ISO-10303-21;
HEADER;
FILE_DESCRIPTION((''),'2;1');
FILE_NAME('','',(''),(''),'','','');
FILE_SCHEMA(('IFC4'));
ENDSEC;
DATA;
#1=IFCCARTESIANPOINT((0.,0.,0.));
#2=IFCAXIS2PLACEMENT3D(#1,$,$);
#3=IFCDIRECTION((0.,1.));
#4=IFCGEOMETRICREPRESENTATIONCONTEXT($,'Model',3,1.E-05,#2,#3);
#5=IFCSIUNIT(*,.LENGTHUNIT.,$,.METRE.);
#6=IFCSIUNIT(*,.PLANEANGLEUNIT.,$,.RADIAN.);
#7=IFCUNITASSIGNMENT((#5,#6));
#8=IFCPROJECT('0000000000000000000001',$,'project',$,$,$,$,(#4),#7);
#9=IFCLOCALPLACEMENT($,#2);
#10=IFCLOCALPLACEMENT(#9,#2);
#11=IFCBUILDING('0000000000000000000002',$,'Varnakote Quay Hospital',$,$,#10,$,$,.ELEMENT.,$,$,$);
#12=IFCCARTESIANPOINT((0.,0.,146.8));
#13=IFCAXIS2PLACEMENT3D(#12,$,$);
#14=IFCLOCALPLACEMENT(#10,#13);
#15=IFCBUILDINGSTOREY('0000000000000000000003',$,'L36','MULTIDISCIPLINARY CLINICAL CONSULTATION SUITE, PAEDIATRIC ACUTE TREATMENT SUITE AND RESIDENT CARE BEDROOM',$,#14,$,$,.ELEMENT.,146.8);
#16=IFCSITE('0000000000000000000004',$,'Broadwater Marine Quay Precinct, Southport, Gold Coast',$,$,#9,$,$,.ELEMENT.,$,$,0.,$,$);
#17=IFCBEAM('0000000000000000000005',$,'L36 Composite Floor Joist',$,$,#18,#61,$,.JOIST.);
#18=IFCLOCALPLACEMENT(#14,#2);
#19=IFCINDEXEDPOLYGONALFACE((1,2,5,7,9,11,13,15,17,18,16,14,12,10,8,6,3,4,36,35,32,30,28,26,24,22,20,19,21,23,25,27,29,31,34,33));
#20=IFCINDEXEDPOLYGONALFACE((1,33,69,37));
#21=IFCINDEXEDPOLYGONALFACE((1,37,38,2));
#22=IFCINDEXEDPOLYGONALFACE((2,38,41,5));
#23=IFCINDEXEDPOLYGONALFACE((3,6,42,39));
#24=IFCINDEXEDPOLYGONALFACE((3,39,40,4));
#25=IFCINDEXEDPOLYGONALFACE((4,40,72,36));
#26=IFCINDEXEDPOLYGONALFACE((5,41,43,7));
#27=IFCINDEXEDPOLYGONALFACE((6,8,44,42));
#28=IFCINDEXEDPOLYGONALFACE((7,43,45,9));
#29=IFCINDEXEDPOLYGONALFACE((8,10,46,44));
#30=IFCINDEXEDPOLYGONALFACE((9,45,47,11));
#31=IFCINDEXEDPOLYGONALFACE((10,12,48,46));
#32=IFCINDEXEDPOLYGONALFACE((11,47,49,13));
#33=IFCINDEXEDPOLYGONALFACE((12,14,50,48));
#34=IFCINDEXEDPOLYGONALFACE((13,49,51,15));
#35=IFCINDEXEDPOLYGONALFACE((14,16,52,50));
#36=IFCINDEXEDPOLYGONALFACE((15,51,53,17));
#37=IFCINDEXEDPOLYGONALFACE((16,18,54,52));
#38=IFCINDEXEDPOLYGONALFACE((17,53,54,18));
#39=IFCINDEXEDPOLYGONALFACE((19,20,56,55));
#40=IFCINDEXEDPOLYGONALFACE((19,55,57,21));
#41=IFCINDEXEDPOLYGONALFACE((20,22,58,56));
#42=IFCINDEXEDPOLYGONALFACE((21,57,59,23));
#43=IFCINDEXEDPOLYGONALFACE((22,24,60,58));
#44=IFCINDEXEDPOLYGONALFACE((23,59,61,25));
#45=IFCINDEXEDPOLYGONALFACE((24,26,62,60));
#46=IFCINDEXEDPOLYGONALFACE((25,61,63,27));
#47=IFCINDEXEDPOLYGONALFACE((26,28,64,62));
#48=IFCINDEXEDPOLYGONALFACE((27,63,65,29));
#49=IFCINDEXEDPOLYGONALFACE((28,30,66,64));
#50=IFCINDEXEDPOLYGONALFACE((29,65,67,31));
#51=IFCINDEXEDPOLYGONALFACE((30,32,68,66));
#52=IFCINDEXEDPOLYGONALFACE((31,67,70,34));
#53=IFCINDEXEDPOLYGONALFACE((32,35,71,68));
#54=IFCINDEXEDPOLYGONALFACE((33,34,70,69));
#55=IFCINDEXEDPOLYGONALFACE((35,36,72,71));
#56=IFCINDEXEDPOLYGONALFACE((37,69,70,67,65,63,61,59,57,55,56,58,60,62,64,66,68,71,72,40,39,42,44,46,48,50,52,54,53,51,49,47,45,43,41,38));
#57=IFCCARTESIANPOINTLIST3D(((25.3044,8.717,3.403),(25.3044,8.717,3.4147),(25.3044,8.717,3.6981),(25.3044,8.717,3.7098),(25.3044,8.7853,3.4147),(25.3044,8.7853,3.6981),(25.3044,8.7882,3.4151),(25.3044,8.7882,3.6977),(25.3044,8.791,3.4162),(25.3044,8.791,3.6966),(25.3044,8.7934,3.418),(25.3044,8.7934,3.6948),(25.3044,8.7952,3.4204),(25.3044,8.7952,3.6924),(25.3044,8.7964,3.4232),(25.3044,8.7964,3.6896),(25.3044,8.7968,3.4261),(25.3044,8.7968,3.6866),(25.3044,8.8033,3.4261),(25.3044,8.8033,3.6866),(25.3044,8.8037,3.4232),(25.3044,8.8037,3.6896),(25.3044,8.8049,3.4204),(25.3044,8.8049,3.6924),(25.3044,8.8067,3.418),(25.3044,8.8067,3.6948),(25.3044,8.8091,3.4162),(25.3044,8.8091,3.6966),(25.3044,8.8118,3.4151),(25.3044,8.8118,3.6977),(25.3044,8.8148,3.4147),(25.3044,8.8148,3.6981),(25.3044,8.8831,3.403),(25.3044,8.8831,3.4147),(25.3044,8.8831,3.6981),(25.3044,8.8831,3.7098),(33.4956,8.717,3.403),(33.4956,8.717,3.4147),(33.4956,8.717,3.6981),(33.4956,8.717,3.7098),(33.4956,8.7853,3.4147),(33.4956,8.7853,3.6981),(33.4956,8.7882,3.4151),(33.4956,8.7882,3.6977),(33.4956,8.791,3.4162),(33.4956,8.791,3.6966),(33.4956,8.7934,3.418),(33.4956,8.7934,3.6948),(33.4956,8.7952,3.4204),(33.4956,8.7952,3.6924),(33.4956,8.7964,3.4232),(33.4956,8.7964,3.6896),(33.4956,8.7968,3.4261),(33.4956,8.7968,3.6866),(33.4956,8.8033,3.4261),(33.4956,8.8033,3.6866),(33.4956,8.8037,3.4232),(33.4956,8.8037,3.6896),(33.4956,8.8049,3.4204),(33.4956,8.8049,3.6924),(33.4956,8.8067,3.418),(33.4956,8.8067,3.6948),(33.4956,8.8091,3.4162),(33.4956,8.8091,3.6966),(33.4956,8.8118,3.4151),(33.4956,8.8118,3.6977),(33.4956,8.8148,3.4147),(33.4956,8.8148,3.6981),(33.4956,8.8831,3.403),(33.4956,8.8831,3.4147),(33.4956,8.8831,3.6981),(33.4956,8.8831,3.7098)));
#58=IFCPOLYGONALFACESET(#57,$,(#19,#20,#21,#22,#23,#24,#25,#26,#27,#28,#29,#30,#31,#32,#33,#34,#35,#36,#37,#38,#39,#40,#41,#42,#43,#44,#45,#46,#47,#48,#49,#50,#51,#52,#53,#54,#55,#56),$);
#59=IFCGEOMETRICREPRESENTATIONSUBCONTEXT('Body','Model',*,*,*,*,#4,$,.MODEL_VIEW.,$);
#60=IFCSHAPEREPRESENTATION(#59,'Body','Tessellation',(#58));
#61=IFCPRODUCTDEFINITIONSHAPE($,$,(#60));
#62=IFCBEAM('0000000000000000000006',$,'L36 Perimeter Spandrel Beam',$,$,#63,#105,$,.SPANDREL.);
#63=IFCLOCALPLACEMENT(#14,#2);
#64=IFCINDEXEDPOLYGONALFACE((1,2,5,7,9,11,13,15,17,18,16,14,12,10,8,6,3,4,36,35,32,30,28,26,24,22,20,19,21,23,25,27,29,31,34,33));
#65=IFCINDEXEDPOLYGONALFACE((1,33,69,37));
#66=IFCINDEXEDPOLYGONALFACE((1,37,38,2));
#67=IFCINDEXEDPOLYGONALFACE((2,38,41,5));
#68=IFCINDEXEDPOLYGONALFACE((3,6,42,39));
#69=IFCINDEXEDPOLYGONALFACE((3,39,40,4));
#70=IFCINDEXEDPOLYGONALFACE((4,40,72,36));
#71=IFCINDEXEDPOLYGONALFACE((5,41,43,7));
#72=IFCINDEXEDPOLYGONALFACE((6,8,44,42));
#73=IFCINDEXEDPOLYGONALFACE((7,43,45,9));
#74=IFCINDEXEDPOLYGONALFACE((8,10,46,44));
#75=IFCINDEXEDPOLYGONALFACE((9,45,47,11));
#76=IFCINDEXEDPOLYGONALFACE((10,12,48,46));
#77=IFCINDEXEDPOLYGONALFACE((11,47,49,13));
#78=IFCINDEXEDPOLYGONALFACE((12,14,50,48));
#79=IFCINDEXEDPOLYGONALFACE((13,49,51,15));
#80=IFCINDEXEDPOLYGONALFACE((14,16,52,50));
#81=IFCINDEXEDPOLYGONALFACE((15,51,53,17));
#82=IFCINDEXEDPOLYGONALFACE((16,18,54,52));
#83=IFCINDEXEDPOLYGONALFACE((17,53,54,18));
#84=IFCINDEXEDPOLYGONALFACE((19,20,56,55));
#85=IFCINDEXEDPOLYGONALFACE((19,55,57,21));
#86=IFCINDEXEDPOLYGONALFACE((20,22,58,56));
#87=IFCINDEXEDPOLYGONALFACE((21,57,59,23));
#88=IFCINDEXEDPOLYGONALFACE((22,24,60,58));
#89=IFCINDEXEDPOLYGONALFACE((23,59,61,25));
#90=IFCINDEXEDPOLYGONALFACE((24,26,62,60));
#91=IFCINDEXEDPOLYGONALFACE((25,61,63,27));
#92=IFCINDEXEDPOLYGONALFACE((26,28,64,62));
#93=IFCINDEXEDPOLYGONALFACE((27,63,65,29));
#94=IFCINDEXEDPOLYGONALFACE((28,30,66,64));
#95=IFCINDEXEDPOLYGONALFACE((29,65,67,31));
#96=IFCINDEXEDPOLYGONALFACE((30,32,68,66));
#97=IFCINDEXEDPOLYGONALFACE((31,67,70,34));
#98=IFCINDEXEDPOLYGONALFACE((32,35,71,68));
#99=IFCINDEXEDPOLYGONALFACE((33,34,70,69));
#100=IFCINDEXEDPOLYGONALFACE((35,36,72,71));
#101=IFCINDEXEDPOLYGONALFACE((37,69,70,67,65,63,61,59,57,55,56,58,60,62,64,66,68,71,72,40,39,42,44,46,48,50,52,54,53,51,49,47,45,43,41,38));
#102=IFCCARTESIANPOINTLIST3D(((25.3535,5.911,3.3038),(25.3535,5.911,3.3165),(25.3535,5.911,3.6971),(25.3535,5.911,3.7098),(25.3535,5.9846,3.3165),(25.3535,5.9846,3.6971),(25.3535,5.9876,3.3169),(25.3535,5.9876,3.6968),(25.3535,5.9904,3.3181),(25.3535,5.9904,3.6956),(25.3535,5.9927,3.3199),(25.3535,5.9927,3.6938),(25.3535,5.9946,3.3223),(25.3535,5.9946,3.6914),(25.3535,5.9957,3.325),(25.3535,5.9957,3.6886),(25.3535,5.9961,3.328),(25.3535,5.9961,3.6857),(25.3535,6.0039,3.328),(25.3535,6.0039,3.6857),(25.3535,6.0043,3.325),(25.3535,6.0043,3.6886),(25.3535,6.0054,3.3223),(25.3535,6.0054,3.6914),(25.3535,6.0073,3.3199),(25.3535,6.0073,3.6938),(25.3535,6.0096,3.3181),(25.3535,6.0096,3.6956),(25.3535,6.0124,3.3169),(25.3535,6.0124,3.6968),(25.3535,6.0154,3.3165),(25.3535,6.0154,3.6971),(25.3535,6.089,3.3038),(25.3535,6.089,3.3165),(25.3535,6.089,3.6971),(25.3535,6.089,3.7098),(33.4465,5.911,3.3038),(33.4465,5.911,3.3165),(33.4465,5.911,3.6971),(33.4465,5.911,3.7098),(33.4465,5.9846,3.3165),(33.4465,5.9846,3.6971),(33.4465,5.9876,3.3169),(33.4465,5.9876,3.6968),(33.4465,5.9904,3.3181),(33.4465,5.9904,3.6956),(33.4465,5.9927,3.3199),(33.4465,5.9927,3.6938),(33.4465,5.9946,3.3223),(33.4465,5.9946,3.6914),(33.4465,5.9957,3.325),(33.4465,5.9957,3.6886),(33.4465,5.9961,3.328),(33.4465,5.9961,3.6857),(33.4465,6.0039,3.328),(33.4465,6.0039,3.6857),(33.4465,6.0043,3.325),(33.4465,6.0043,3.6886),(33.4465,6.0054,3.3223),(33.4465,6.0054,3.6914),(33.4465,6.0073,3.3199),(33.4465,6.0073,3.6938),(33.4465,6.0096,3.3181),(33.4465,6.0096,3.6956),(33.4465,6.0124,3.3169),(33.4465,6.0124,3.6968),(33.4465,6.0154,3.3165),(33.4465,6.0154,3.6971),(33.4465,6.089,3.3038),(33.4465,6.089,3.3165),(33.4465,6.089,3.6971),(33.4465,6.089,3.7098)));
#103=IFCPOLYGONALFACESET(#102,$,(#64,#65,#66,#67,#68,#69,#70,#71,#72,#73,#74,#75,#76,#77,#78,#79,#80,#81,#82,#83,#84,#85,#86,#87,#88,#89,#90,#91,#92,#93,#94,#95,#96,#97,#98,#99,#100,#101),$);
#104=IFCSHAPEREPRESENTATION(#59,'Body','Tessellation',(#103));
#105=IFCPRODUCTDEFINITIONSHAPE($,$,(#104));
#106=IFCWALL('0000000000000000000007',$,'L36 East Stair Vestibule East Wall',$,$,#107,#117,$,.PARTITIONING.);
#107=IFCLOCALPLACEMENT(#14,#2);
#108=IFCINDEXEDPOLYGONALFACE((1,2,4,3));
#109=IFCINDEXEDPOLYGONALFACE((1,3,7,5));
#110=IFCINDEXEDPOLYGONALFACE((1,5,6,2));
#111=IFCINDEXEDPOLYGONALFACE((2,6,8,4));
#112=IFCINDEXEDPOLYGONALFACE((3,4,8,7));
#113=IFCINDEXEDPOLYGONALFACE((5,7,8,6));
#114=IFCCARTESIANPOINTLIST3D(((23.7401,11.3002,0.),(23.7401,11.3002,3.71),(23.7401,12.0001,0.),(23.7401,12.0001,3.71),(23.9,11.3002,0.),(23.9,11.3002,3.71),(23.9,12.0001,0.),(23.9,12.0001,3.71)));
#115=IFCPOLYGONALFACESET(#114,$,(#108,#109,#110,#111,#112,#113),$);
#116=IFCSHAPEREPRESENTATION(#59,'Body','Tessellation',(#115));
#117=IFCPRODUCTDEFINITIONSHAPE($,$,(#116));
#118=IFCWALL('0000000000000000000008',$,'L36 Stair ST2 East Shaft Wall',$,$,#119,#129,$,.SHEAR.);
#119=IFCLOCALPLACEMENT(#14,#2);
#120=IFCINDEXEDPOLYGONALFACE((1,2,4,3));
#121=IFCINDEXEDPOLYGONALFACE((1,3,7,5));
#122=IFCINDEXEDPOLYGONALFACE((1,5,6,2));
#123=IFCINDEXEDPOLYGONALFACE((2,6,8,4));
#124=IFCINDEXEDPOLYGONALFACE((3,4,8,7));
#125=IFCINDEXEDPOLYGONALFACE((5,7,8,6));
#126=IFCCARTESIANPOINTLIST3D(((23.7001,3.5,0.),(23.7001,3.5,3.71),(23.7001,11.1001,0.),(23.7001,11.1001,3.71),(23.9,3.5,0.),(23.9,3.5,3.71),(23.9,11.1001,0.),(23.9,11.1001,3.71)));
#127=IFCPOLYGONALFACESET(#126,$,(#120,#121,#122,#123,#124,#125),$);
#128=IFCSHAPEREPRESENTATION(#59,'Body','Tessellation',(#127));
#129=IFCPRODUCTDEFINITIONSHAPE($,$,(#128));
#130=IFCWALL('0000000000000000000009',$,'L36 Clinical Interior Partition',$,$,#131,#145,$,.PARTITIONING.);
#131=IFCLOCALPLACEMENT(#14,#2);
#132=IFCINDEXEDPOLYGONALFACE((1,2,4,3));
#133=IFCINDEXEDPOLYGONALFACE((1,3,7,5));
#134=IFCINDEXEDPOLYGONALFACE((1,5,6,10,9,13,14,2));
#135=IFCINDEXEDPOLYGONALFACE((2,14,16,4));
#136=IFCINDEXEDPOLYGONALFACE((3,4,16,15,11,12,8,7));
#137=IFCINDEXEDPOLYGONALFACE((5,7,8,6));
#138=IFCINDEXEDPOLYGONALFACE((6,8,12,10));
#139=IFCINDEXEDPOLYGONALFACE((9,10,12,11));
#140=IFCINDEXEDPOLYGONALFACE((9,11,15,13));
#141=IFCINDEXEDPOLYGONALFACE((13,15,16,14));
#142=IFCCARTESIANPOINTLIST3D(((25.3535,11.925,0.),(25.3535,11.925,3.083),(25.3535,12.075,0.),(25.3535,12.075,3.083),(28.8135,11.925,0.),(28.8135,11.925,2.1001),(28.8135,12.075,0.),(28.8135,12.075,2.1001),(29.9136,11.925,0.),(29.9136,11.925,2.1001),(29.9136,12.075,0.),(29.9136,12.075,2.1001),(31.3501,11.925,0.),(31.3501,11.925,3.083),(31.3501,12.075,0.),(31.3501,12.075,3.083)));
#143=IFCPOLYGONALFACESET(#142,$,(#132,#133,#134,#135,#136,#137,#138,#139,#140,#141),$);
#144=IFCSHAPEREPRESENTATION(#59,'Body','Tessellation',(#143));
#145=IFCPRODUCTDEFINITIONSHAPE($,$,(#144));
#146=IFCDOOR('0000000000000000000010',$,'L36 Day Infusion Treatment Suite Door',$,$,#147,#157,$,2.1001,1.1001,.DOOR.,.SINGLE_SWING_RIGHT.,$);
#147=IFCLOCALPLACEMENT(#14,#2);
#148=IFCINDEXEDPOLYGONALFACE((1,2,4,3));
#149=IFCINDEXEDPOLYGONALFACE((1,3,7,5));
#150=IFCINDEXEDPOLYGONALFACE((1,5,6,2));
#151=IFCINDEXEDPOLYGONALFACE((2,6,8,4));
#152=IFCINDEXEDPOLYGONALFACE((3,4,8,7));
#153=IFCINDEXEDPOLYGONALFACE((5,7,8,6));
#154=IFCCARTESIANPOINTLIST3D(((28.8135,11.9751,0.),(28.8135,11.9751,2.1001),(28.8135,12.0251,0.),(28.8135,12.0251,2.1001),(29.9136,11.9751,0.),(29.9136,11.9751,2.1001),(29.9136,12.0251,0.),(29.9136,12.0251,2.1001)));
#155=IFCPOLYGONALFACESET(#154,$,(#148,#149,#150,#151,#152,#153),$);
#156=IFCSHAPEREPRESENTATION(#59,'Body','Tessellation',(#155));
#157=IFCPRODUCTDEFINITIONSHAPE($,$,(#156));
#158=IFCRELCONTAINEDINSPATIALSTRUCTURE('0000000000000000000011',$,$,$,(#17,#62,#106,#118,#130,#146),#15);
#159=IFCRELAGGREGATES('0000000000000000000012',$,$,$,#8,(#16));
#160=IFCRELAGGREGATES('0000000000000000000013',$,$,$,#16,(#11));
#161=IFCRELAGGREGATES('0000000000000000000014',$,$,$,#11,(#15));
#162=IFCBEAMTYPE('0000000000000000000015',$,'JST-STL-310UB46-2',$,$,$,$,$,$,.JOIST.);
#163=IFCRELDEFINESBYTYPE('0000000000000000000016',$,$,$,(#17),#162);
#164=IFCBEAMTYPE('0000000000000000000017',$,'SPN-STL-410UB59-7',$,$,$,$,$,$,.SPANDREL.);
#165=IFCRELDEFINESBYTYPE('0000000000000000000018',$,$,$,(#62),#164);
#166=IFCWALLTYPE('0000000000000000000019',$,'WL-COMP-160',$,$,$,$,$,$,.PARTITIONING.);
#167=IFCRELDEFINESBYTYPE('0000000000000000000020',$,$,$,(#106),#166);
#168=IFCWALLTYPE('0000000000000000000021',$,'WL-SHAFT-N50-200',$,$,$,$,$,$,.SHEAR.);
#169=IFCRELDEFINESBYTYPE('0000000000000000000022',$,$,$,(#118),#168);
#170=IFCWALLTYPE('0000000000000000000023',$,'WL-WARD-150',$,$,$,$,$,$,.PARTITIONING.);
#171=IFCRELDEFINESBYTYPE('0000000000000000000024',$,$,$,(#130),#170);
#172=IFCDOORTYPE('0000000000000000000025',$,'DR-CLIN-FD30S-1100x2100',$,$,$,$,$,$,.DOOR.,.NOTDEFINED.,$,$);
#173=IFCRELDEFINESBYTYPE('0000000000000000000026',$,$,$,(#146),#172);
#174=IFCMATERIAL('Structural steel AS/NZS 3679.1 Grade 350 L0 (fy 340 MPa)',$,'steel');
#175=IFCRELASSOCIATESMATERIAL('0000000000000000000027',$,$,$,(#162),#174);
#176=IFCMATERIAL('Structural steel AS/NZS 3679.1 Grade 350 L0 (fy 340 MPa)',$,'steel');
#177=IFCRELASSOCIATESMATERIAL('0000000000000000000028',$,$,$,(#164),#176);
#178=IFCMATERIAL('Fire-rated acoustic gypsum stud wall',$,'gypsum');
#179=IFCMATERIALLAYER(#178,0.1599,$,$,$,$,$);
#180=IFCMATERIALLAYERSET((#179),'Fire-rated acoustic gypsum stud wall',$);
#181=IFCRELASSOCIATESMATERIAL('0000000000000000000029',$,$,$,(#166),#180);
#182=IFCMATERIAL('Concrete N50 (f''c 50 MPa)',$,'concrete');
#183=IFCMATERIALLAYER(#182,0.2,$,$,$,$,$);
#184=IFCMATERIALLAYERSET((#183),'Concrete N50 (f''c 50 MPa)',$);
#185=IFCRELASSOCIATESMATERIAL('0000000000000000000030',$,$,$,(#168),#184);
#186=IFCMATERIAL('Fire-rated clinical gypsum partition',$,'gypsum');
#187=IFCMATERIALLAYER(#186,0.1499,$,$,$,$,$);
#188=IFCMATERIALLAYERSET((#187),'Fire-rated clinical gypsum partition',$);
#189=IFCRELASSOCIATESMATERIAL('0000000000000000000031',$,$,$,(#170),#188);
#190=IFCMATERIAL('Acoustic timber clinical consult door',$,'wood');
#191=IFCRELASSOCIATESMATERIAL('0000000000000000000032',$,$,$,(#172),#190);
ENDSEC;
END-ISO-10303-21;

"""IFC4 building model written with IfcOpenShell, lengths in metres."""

from ifc_helpers import new_model, si_unit, direction, frame, frame_2d, origin, origin_2d, place, context, subcontext, project, spatial, rectangle, i_section, extrude, material, layer, layer_set, material_profile, profile_set, type_object, element, fill, save


model = new_model("IFC4")

# Units and contexts
model_context = context("Model", 3, precision=1e-05, world=origin(), true_north=direction((0.0, 1.0)))
body_context = subcontext(model_context, "Body", "Model", "MODEL_VIEW")
ifc_project = project(units=[si_unit("LENGTHUNIT", "METRE"), si_unit("PLANEANGLEUNIT", "RADIAN")], contexts=[model_context])

# Site, building, storey
site_placement = place(None, origin())
site = spatial("IfcSite", under=ifc_project, at=site_placement, Name="Broadwater Marine Quay Precinct, Southport, Gold Coast", CompositionType="ELEMENT", RefElevation=0.0)
building_placement = place(site_placement, origin())
building = spatial("IfcBuilding", under=site, at=building_placement, Name="Varnakote Quay Hospital", CompositionType="ELEMENT")
storey_placement = place(building_placement, frame((0.0, 0.0, 146.8)))
storey = spatial("IfcBuildingStorey", under=building, at=storey_placement, Name="L36", Description="MULTIDISCIPLINARY CLINICAL CONSULTATION SUITE, PAEDIATRIC ACUTE TREATMENT SUITE AND RESIDENT CARE BEDROOM", CompositionType="ELEMENT", Elevation=146.8)

# Beams
ifc_material_1 = material(Name="Structural steel AS/NZS 3679.1 Grade 350 L0 (fy 340 MPa)", Category="steel")
ifc_material_profile_1 = material_profile(ifc_material_1, i_section(OverallWidth=0.166, OverallDepth=0.3069, WebThickness=0.0066, FlangeThickness=0.0117, FilletRadius=0.0115, at=origin_2d()), Name="310UB46.2")
ifc_profile_set_1 = profile_set([ifc_material_profile_1], Name="Structural steel AS/NZS 3679.1 Grade 350 L0 (fy 340 MPa)")
beam_type_1 = type_object("IfcBeamType", Name="JST-STL-310UB46-2", PredefinedType="JOIST", material=ifc_profile_set_1)
beam_1_placement = place(storey_placement, frame((25.3044, 8.8, 3.5564), z_axis=(1.0, 0.0, 0.0), x_axis=(0.0, 1.0, 0.0)))
element("IfcBeam", 1, at=beam_1_placement, inside=storey, type_object=beam_type_1, Name="L36 Composite Floor Joist", PredefinedType="JOIST", context=body_context, shape_type="SweptSolid", body=[
    extrude(i_section(OverallWidth=0.166, OverallDepth=0.3069, WebThickness=0.0066, FlangeThickness=0.0117, FilletRadius=0.0115, at=origin_2d()), origin(), (0.0, 0.0, 1.0), 8.1912),
])
ifc_material_2 = material(Name="Structural steel AS/NZS 3679.1 Grade 350 L0 (fy 340 MPa)", Category="steel")
ifc_material_profile_2 = material_profile(ifc_material_2, i_section(OverallWidth=0.178, OverallDepth=0.406, WebThickness=0.0078, FlangeThickness=0.0127, FilletRadius=0.0115, at=origin_2d()), Name="410UB59.7")
ifc_profile_set_2 = profile_set([ifc_material_profile_2], Name="Structural steel AS/NZS 3679.1 Grade 350 L0 (fy 340 MPa)")
beam_type_2 = type_object("IfcBeamType", Name="SPN-STL-410UB59-7", PredefinedType="SPANDREL", material=ifc_profile_set_2)
beam_2_placement = place(storey_placement, frame((25.3535, 6.0, 3.5068), z_axis=(1.0, 0.0, 0.0), x_axis=(0.0, 1.0, 0.0)))
element("IfcBeam", 2, at=beam_2_placement, inside=storey, type_object=beam_type_2, Name="L36 Perimeter Spandrel Beam", PredefinedType="SPANDREL", context=body_context, shape_type="SweptSolid", body=[
    extrude(i_section(OverallWidth=0.178, OverallDepth=0.406, WebThickness=0.0078, FlangeThickness=0.0127, FilletRadius=0.0115, at=origin_2d()), origin(), (0.0, 0.0, 1.0), 8.093),
])

# Walls
ifc_material_3 = material(Name="Fire-rated acoustic gypsum stud wall", Category="gypsum")
ifc_layer_1 = layer(ifc_material_3, 0.1599)
ifc_layer_set_1 = layer_set([ifc_layer_1], Name="Fire-rated acoustic gypsum stud wall")
wall_type_1 = type_object("IfcWallType", Name="WL-COMP-160", PredefinedType="PARTITIONING", material=ifc_layer_set_1)
wall_1_placement = place(storey_placement, frame((23.8201, 11.3, 0.0), z_axis=(0.0, 0.0, 1.0), x_axis=(0.0, 1.0, 0.0)))
element("IfcWall", 3, at=wall_1_placement, inside=storey, type_object=wall_type_1, Name="L36 East Stair Vestibule East Wall", PredefinedType="PARTITIONING", context=body_context, shape_type="SweptSolid", body=[
    extrude(rectangle(XDim=0.7, YDim=0.1599, at=frame_2d((0.3501, 0.0))), origin(), (0.0, 0.0, 1.0), 3.71),
])
ifc_material_4 = material(Name="Concrete N50 (f'c 50 MPa)", Category="concrete")
ifc_layer_2 = layer(ifc_material_4, 0.2)
ifc_layer_set_2 = layer_set([ifc_layer_2], Name="Concrete N50 (f'c 50 MPa)")
wall_type_2 = type_object("IfcWallType", Name="WL-SHAFT-N50-200", PredefinedType="SHEAR", material=ifc_layer_set_2)
wall_2_placement = place(storey_placement, frame((23.8, 3.5, 0.0), z_axis=(0.0, 0.0, 1.0), x_axis=(0.0, 1.0, 0.0)))
element("IfcWall", 4, at=wall_2_placement, inside=storey, type_object=wall_type_2, Name="L36 Stair ST2 East Shaft Wall", PredefinedType="SHEAR", context=body_context, shape_type="SweptSolid", body=[
    extrude(rectangle(XDim=7.6001, YDim=0.2, at=frame_2d((3.8, 0.0))), origin(), (0.0, 0.0, 1.0), 3.71),
])

# Wall, opening, door
ifc_material_5 = material(Name="Fire-rated clinical gypsum partition", Category="gypsum")
ifc_layer_3 = layer(ifc_material_5, 0.1499)
ifc_layer_set_3 = layer_set([ifc_layer_3], Name="Fire-rated clinical gypsum partition")
wall_type_3 = type_object("IfcWallType", Name="WL-WARD-150", PredefinedType="PARTITIONING", material=ifc_layer_set_3)
wall_3_placement = place(storey_placement, frame((31.3501, 12.0, 0.0), z_axis=(0.0, 0.0, 1.0), x_axis=(-1.0, 0.0, 0.0)))
wall_3 = element("IfcWall", 5, at=wall_3_placement, inside=storey, type_object=wall_type_3, Name="L36 Clinical Interior Partition", PredefinedType="PARTITIONING", context=body_context, shape_type="SweptSolid", body=[
    extrude(rectangle(XDim=5.9966, YDim=0.1499, at=frame_2d((2.9983, 0.0))), origin(), (0.0, 0.0, 1.0), 3.083),
])
opening_placement = place(wall_3_placement, frame((1.4365, 0.0, 0.0)))
opening = element("IfcOpeningElement", 6, at=opening_placement, cuts=wall_3, PredefinedType="OPENING", context=body_context, shape_type="SweptSolid", body=[
    extrude(rectangle(XDim=1.1001, YDim=2.1001, at=frame_2d((0.55, 1.05))), frame((0.0, 0.085, 0.0), z_axis=(0.0, -1.0, 0.0), x_axis=(1.0, 0.0, 0.0)), (0.0, 0.0, 1.0), 0.1699),
])
ifc_material_6 = material(Name="Acoustic timber clinical consult door", Category="wood")
door_type = type_object("IfcDoorType", Name="DR-CLIN-FD30S-1100x2100", OperationType="NOTDEFINED", PredefinedType="DOOR", material=ifc_material_6)
door_placement = place(opening_placement, origin())
door = element("IfcDoor", 7, at=door_placement, inside=storey, type_object=door_type, Name="L36 Day Infusion Treatment Suite Door", OperationType="SINGLE_SWING_RIGHT", OverallHeight=2.1001, OverallWidth=1.1001, PredefinedType="DOOR", context=body_context, shape_type="SweptSolid", body=[
    extrude(rectangle(XDim=1.1001, YDim=2.1001, at=frame_2d((0.55, 1.05))), frame((0.0, 0.0249, 0.0), z_axis=(0.0, -1.0, 0.0), x_axis=(1.0, 0.0, 0.0)), (0.0, 0.0, 1.0), 0.05),
])
fill(opening, door)

save(model, "model.ifc")
